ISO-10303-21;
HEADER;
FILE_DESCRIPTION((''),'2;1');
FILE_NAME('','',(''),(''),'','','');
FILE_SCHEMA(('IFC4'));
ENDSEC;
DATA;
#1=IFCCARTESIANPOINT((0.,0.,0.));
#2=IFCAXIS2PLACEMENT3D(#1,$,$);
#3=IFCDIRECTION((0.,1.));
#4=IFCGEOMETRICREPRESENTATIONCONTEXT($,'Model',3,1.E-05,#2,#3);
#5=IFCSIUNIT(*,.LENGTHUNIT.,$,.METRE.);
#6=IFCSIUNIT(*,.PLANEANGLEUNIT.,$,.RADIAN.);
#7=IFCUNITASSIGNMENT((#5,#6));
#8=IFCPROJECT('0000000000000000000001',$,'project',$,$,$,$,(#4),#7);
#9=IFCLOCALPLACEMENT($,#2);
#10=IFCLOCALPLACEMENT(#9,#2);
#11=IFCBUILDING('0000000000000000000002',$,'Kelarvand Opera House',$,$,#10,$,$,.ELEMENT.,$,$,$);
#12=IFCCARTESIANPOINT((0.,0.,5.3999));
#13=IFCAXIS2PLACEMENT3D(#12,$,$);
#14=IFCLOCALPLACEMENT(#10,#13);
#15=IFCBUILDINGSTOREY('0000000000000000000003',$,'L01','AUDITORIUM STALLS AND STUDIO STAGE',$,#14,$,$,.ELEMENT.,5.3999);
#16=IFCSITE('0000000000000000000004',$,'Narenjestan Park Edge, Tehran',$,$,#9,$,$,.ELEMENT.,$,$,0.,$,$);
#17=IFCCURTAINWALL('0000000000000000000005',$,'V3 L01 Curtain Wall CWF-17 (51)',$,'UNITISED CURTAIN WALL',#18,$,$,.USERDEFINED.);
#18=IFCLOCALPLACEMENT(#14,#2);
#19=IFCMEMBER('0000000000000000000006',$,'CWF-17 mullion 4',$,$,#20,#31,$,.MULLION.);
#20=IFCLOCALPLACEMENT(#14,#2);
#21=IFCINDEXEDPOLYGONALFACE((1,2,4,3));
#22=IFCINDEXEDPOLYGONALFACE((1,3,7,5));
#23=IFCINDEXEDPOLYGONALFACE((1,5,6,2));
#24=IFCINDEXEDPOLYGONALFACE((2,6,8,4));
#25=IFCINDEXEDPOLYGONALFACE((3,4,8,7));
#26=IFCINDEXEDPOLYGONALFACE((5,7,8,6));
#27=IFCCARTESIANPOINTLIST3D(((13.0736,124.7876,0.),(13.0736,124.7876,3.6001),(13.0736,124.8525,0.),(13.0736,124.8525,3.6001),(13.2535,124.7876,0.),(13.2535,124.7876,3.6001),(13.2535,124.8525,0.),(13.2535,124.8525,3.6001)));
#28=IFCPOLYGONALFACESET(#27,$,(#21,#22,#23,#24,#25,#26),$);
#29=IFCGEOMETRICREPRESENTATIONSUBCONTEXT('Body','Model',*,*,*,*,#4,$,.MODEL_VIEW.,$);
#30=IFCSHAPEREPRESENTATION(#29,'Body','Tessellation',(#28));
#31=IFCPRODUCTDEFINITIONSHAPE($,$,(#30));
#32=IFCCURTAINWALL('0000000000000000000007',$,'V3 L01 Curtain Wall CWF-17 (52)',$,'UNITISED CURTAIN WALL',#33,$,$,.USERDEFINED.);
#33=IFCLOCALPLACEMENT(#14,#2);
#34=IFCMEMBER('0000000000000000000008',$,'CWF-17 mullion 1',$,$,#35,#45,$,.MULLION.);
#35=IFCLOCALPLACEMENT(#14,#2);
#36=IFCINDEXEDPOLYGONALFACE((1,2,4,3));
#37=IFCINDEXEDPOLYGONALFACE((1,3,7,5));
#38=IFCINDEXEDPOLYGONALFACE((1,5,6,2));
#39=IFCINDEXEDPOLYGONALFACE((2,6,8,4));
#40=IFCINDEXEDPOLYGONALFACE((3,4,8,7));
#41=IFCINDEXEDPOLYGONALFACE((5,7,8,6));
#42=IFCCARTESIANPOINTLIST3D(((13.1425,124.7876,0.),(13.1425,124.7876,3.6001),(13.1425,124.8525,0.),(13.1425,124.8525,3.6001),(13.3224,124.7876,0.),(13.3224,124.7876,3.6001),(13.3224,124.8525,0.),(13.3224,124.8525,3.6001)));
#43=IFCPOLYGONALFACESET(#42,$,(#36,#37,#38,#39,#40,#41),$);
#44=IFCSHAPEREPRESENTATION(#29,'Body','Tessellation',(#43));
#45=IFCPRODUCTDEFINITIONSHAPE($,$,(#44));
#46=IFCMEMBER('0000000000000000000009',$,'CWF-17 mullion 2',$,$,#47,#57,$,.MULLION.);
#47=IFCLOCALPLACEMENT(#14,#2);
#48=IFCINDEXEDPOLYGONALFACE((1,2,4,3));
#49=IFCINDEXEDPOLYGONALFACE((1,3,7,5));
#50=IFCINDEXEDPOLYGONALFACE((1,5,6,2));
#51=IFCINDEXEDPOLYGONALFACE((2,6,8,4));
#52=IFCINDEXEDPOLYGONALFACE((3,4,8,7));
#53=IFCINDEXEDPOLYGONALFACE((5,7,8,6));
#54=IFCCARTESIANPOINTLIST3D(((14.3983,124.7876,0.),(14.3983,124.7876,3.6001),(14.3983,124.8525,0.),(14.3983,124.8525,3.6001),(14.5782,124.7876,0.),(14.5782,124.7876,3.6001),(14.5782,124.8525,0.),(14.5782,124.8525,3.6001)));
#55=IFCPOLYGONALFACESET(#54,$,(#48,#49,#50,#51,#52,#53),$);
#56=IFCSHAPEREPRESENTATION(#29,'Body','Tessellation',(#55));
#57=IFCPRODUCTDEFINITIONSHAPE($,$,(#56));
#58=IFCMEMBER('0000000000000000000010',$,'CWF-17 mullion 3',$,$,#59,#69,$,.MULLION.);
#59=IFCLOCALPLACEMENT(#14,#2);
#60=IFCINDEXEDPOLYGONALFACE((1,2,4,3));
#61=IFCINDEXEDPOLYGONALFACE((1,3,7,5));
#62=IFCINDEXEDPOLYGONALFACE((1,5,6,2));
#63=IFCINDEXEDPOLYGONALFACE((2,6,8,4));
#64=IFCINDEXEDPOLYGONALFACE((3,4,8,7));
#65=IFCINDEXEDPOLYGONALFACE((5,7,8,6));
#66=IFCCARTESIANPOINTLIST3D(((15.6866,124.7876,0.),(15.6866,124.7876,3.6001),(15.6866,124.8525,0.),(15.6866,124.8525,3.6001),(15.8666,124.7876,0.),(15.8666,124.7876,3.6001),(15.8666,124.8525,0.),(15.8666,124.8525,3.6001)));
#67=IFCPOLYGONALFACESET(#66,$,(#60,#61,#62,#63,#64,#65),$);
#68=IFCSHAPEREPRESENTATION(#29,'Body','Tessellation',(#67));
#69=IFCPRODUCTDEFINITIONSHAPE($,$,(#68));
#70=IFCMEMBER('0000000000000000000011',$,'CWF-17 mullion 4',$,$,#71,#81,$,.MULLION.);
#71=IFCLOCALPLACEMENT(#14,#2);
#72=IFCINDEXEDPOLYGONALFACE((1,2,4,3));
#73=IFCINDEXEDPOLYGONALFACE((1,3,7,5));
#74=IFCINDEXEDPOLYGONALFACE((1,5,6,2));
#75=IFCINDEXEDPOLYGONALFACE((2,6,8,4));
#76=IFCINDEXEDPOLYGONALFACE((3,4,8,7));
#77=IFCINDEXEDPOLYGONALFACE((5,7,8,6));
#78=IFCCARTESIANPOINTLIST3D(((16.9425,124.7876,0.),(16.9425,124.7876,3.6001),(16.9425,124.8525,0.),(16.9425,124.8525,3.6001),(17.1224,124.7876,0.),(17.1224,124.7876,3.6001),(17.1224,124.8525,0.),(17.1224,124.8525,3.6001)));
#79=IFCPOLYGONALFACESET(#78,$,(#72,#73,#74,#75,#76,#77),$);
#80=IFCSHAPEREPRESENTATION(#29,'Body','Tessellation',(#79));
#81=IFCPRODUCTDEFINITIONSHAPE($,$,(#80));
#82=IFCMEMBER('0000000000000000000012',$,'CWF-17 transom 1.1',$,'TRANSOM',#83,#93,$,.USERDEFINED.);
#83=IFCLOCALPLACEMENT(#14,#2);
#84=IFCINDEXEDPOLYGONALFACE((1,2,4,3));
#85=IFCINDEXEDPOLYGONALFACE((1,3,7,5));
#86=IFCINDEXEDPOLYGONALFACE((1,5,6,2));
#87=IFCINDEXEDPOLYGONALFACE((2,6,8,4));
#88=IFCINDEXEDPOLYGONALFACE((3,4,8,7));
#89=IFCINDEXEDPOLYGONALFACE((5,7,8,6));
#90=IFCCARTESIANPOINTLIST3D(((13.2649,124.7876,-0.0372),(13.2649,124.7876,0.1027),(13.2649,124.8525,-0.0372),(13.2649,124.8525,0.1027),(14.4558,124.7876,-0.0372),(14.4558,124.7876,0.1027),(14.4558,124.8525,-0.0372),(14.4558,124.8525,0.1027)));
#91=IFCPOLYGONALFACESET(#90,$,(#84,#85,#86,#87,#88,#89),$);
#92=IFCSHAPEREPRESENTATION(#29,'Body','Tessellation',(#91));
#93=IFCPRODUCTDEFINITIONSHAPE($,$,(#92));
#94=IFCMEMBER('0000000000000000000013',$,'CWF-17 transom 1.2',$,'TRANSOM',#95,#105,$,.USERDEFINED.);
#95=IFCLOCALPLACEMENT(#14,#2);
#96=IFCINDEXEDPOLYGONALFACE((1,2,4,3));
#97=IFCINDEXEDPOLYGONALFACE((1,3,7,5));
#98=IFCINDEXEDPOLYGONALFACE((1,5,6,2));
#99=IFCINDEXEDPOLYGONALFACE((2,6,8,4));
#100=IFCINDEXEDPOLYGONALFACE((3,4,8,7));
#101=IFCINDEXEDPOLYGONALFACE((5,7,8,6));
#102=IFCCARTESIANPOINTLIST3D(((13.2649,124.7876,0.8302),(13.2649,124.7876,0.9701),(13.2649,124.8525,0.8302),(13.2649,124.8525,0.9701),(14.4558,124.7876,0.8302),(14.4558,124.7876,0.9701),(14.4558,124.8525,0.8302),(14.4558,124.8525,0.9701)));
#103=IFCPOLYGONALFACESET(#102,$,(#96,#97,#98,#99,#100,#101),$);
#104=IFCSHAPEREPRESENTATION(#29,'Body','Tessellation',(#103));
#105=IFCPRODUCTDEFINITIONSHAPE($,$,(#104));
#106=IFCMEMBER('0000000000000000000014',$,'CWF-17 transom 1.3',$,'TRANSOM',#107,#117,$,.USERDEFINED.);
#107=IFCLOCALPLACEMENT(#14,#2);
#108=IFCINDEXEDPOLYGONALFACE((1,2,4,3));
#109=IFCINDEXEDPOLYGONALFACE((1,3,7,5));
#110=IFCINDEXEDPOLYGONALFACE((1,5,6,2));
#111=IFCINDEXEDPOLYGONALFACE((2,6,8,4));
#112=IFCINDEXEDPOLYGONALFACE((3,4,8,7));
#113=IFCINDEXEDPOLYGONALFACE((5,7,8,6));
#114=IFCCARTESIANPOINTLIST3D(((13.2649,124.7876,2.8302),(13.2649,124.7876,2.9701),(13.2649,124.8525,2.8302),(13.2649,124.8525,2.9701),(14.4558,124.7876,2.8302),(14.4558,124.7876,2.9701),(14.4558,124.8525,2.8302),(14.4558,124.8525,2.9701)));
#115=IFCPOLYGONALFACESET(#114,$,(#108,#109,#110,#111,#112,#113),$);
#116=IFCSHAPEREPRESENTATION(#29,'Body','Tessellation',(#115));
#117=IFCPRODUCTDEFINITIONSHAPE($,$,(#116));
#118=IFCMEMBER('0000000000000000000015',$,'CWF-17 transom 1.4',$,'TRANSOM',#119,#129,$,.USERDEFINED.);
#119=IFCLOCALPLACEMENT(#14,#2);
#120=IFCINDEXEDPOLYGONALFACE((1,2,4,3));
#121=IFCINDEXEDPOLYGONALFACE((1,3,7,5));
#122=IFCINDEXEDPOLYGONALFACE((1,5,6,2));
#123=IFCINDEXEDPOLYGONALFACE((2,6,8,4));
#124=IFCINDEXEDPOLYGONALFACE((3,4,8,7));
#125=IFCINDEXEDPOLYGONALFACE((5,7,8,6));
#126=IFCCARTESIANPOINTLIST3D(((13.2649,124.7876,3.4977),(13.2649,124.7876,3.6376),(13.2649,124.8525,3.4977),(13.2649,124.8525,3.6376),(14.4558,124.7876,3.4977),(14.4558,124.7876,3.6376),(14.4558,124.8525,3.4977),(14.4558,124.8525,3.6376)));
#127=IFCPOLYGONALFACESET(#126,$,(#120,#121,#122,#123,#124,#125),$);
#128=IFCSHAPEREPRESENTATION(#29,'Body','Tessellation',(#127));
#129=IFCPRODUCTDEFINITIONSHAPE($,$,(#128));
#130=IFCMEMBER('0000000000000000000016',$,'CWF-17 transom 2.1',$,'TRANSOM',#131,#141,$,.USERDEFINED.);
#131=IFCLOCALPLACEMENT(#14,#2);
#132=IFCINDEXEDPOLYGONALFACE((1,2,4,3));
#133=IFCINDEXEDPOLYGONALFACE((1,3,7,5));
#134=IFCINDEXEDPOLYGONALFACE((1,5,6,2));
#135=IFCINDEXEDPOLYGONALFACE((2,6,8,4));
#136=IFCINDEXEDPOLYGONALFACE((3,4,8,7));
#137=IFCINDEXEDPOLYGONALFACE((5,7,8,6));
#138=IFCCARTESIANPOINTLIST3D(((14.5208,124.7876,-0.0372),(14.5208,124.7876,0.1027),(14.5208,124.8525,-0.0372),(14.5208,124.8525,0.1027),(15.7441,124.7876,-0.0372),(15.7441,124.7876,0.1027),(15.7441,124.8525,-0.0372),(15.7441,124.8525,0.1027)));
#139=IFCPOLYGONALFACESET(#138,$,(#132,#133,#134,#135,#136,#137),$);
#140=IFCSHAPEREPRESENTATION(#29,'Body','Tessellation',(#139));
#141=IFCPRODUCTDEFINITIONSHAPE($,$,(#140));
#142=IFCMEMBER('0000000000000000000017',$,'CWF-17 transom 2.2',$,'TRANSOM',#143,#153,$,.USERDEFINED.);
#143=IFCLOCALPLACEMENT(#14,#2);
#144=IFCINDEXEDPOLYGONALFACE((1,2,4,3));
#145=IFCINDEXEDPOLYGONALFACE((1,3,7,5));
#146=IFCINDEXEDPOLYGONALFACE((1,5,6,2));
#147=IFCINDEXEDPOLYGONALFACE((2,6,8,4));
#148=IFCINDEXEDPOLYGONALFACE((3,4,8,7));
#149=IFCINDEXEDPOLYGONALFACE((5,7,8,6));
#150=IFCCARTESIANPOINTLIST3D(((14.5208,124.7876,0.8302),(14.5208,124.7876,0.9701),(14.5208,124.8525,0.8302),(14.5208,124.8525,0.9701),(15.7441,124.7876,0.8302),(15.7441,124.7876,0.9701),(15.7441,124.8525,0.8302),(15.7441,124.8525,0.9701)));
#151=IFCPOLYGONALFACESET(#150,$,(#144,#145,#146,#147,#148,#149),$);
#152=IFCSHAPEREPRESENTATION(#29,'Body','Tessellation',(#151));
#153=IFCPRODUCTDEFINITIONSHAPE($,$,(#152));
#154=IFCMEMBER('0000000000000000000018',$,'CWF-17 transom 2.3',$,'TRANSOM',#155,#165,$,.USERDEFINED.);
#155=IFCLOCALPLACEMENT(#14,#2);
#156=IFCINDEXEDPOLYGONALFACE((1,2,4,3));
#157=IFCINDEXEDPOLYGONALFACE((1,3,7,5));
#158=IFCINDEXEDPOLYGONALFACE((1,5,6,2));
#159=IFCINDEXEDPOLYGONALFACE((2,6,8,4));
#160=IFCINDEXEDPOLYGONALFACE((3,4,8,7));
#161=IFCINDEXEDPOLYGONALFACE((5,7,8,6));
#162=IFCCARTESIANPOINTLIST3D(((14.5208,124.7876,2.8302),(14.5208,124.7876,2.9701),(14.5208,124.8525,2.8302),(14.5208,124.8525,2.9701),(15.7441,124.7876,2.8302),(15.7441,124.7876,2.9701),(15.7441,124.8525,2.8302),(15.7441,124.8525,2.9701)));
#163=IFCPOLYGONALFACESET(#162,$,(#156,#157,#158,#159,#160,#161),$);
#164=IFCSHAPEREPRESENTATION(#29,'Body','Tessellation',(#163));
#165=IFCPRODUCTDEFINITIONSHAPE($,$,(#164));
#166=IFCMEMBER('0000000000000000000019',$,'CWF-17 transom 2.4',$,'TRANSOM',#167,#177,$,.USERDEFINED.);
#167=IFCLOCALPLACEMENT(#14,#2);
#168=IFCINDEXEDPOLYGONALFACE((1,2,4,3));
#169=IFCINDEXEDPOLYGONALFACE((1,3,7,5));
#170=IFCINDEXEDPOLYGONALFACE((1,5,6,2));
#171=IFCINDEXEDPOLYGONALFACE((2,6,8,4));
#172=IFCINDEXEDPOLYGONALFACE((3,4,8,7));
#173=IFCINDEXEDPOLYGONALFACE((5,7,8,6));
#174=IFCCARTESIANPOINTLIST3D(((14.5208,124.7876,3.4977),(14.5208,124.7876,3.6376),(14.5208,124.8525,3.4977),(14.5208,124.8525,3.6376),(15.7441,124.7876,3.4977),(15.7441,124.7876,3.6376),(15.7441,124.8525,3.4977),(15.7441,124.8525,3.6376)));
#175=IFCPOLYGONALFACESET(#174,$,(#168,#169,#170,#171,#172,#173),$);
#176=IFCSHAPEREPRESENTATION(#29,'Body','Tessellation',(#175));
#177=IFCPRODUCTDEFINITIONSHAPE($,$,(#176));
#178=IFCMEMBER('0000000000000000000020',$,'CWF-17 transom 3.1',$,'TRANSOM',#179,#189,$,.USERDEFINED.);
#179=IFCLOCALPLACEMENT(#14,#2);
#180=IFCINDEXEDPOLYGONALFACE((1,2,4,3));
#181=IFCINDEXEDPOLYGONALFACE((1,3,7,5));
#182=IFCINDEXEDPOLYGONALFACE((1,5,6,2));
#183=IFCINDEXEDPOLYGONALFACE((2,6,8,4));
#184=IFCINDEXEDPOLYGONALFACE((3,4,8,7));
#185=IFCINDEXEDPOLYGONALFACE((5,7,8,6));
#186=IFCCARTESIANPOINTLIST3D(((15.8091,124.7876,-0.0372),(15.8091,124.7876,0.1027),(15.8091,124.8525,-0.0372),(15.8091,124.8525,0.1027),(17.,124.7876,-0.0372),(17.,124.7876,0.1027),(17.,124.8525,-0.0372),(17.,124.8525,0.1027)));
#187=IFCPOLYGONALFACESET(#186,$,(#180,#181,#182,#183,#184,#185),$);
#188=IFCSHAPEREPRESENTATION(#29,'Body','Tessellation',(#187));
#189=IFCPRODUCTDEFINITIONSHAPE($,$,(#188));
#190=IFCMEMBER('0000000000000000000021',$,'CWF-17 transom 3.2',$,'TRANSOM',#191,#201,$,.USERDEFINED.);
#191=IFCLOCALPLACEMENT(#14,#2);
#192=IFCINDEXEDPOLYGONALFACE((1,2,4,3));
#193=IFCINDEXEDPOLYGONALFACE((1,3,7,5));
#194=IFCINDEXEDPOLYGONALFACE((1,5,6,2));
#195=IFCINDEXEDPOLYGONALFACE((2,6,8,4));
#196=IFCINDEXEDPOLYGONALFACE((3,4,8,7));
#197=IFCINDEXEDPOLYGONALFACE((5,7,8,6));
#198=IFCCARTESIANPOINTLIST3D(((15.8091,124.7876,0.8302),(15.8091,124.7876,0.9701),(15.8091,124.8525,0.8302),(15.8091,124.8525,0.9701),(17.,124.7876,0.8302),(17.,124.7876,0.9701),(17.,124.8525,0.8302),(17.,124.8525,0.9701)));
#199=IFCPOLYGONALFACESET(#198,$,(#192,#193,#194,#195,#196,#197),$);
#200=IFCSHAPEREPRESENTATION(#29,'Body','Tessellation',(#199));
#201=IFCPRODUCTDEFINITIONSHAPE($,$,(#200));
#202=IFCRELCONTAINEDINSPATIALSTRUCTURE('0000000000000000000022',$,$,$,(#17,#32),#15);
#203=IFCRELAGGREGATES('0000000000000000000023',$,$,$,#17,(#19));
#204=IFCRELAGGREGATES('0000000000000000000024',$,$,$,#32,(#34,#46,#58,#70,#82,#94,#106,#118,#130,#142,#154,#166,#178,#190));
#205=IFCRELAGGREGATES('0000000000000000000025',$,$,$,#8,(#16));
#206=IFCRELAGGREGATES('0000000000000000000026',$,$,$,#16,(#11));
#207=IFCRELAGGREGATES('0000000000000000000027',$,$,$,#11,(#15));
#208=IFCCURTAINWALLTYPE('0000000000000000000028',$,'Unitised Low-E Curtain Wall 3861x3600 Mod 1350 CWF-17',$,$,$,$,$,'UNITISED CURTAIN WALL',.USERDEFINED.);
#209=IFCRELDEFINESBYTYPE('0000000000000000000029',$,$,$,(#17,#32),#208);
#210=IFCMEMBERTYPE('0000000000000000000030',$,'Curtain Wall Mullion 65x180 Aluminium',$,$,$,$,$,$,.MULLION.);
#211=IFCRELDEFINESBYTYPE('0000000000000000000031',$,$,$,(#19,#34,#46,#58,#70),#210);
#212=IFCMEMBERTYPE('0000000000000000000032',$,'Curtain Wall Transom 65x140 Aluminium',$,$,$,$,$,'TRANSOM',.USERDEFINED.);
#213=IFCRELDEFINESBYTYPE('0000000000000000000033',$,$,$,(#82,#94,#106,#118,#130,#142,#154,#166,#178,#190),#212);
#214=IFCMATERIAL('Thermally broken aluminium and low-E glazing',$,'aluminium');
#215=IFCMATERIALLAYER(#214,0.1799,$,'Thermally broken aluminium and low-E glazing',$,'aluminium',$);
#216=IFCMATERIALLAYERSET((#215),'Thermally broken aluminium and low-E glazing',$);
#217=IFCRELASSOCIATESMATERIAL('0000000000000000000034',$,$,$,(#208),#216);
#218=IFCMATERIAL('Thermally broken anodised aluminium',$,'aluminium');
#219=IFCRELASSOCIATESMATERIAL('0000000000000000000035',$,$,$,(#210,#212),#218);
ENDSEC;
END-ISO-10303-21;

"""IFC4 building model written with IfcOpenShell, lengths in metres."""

from ifc_helpers import new_model, si_unit, direction, frame, origin, origin_2d, place, context, subcontext, project, spatial, rectangle, extrude, material, layer, layer_set, material_profile, profile_set, type_object, element, aggregate, save


model = new_model("IFC4")

# Units and contexts
model_context = context("Model", 3, precision=1e-05, world=origin(), true_north=direction((0.0, 1.0)))
body_context = subcontext(model_context, "Body", "Model", "MODEL_VIEW")
ifc_project = project(units=[si_unit("LENGTHUNIT", "METRE"), si_unit("PLANEANGLEUNIT", "RADIAN")], contexts=[model_context])

# Site, building, storey
site_placement = place(None, origin())
site = spatial("IfcSite", under=ifc_project, at=site_placement, Name="Narenjestan Park Edge, Tehran", CompositionType="ELEMENT", RefElevation=0.0)
building_placement = place(site_placement, origin())
building = spatial("IfcBuilding", under=site, at=building_placement, Name="Kelarvand Opera House", CompositionType="ELEMENT")
storey_placement = place(building_placement, frame((0.0, 0.0, 5.3999)))
storey = spatial("IfcBuildingStorey", under=building, at=storey_placement, Name="L01", Description="AUDITORIUM STALLS AND STUDIO STAGE", CompositionType="ELEMENT", Elevation=5.3999)

# Curtain wall, member
ifc_material_1 = material(Name="Thermally broken aluminium and low-E glazing", Category="aluminium")
ifc_layer_1 = layer(ifc_material_1, 0.1799, Name="Thermally broken aluminium and low-E glazing", Category="aluminium")
ifc_layer_set_1 = layer_set([ifc_layer_1], Name="Thermally broken aluminium and low-E glazing")
curtain_wall_type = type_object("IfcCurtainWallType", Name="Unitised Low-E Curtain Wall 3861x3600 Mod 1350 CWF-17", ElementType="UNITISED CURTAIN WALL", PredefinedType="USERDEFINED", material=ifc_layer_set_1)
curtain_wall_1_placement = place(storey_placement, origin())
curtain_wall_1 = element("IfcCurtainWall", 1, at=curtain_wall_1_placement, inside=storey, type_object=curtain_wall_type, Name="V3 L01 Curtain Wall CWF-17 (51)", ObjectType="UNITISED CURTAIN WALL", PredefinedType="USERDEFINED")
ifc_material_2 = material(Name="Thermally broken anodised aluminium", Category="aluminium")
ifc_material_profile_1 = material_profile(ifc_material_2, rectangle(XDim=0.0649, YDim=0.1799, at=origin_2d()), Name="ALU MULLION 65x180", Category="aluminium")
ifc_profile_set_1 = profile_set([ifc_material_profile_1], Name="Thermally broken anodised aluminium")
member_type_1 = type_object("IfcMemberType", Name="Curtain Wall Mullion 65x180 Aluminium", PredefinedType="MULLION", material=ifc_profile_set_1)
member_1_placement = place(storey_placement, frame((13.1636, 124.8201, 0.0), z_axis=(0.0, 0.0, 1.0), x_axis=(0.0, 1.0, 0.0)))
member_1 = element("IfcMember", 2, at=member_1_placement, type_object=member_type_1, Name="CWF-17 mullion 4", PredefinedType="MULLION", context=body_context, shape_type="SweptSolid", body=[
    extrude(rectangle(XDim=0.0649, YDim=0.1799, at=origin_2d()), origin(), (0.0, 0.0, 1.0), 3.6001),
])

# Curtain wall, members
curtain_wall_2_placement = place(storey_placement, origin())
curtain_wall_2 = element("IfcCurtainWall", 3, at=curtain_wall_2_placement, inside=storey, type_object=curtain_wall_type, Name="V3 L01 Curtain Wall CWF-17 (52)", ObjectType="UNITISED CURTAIN WALL", PredefinedType="USERDEFINED")
member_2_placement = place(storey_placement, frame((13.2324, 124.8201, 0.0), z_axis=(0.0, 0.0, 1.0), x_axis=(0.0, 1.0, 0.0)))
member_2 = element("IfcMember", 4, at=member_2_placement, type_object=member_type_1, Name="CWF-17 mullion 1", PredefinedType="MULLION", context=body_context, shape_type="SweptSolid", body=[
    extrude(rectangle(XDim=0.0649, YDim=0.1799, at=origin_2d()), origin(), (0.0, 0.0, 1.0), 3.6001),
])
member_3_placement = place(storey_placement, frame((14.4883, 124.8201, 0.0), z_axis=(0.0, 0.0, 1.0), x_axis=(0.0, 1.0, 0.0)))
member_3 = element("IfcMember", 5, at=member_3_placement, type_object=member_type_1, Name="CWF-17 mullion 2", PredefinedType="MULLION", context=body_context, shape_type="SweptSolid", body=[
    extrude(rectangle(XDim=0.0649, YDim=0.1799, at=origin_2d()), origin(), (0.0, 0.0, 1.0), 3.6001),
])
member_4_placement = place(storey_placement, frame((15.7766, 124.8201, 0.0), z_axis=(0.0, 0.0, 1.0), x_axis=(0.0, 1.0, 0.0)))
member_4 = element("IfcMember", 6, at=member_4_placement, type_object=member_type_1, Name="CWF-17 mullion 3", PredefinedType="MULLION", context=body_context, shape_type="SweptSolid", body=[
    extrude(rectangle(XDim=0.0649, YDim=0.1799, at=origin_2d()), origin(), (0.0, 0.0, 1.0), 3.6001),
])
member_5_placement = place(storey_placement, frame((17.0325, 124.8201, 0.0), z_axis=(0.0, 0.0, 1.0), x_axis=(0.0, 1.0, 0.0)))
member_5 = element("IfcMember", 7, at=member_5_placement, type_object=member_type_1, Name="CWF-17 mullion 4", PredefinedType="MULLION", context=body_context, shape_type="SweptSolid", body=[
    extrude(rectangle(XDim=0.0649, YDim=0.1799, at=origin_2d()), origin(), (0.0, 0.0, 1.0), 3.6001),
])
ifc_material_profile_2 = material_profile(ifc_material_2, rectangle(XDim=0.0649, YDim=0.1399, at=origin_2d()), Name="ALU TRANSOM 65x140", Category="aluminium")
ifc_profile_set_2 = profile_set([ifc_material_profile_2], Name="Thermally broken anodised aluminium")
member_type_2 = type_object("IfcMemberType", Name="Curtain Wall Transom 65x140 Aluminium", ElementType="TRANSOM", PredefinedType="USERDEFINED", material=ifc_profile_set_2)
member_6_placement = place(storey_placement, frame((13.2649, 124.8201, 0.0327), z_axis=(1.0, 0.0, 0.0), x_axis=(0.0, 1.0, 0.0)))
member_6 = element("IfcMember", 8, at=member_6_placement, type_object=member_type_2, Name="CWF-17 transom 1.1", ObjectType="TRANSOM", PredefinedType="USERDEFINED", context=body_context, shape_type="SweptSolid", body=[
    extrude(rectangle(XDim=0.0649, YDim=0.1399, at=origin_2d()), origin(), (0.0, 0.0, 1.0), 1.1909),
])
member_7_placement = place(storey_placement, frame((13.2649, 124.8201, 0.9001), z_axis=(1.0, 0.0, 0.0), x_axis=(0.0, 1.0, 0.0)))
member_7 = element("IfcMember", 9, at=member_7_placement, type_object=member_type_2, Name="CWF-17 transom 1.2", ObjectType="TRANSOM", PredefinedType="USERDEFINED", context=body_context, shape_type="SweptSolid", body=[
    extrude(rectangle(XDim=0.0649, YDim=0.1399, at=origin_2d()), origin(), (0.0, 0.0, 1.0), 1.1909),
])
member_8_placement = place(storey_placement, frame((13.2649, 124.8201, 2.9001), z_axis=(1.0, 0.0, 0.0), x_axis=(0.0, 1.0, 0.0)))
member_8 = element("IfcMember", 10, at=member_8_placement, type_object=member_type_2, Name="CWF-17 transom 1.3", ObjectType="TRANSOM", PredefinedType="USERDEFINED", context=body_context, shape_type="SweptSolid", body=[
    extrude(rectangle(XDim=0.0649, YDim=0.1399, at=origin_2d()), origin(), (0.0, 0.0, 1.0), 1.1909),
])
member_9_placement = place(storey_placement, frame((13.2649, 124.8201, 3.5676), z_axis=(1.0, 0.0, 0.0), x_axis=(0.0, 1.0, 0.0)))
member_9 = element("IfcMember", 11, at=member_9_placement, type_object=member_type_2, Name="CWF-17 transom 1.4", ObjectType="TRANSOM", PredefinedType="USERDEFINED", context=body_context, shape_type="SweptSolid", body=[
    extrude(rectangle(XDim=0.0649, YDim=0.1399, at=origin_2d()), origin(), (0.0, 0.0, 1.0), 1.1909),
])
member_10_placement = place(storey_placement, frame((14.5208, 124.8201, 0.0327), z_axis=(1.0, 0.0, 0.0), x_axis=(0.0, 1.0, 0.0)))
member_10 = element("IfcMember", 12, at=member_10_placement, type_object=member_type_2, Name="CWF-17 transom 2.1", ObjectType="TRANSOM", PredefinedType="USERDEFINED", context=body_context, shape_type="SweptSolid", body=[
    extrude(rectangle(XDim=0.0649, YDim=0.1399, at=origin_2d()), origin(), (0.0, 0.0, 1.0), 1.2234),
])
member_11_placement = place(storey_placement, frame((14.5208, 124.8201, 0.9001), z_axis=(1.0, 0.0, 0.0), x_axis=(0.0, 1.0, 0.0)))
member_11 = element("IfcMember", 13, at=member_11_placement, type_object=member_type_2, Name="CWF-17 transom 2.2", ObjectType="TRANSOM", PredefinedType="USERDEFINED", context=body_context, shape_type="SweptSolid", body=[
    extrude(rectangle(XDim=0.0649, YDim=0.1399, at=origin_2d()), origin(), (0.0, 0.0, 1.0), 1.2234),
])
member_12_placement = place(storey_placement, frame((14.5208, 124.8201, 2.9001), z_axis=(1.0, 0.0, 0.0), x_axis=(0.0, 1.0, 0.0)))
member_12 = element("IfcMember", 14, at=member_12_placement, type_object=member_type_2, Name="CWF-17 transom 2.3", ObjectType="TRANSOM", PredefinedType="USERDEFINED", context=body_context, shape_type="SweptSolid", body=[
    extrude(rectangle(XDim=0.0649, YDim=0.1399, at=origin_2d()), origin(), (0.0, 0.0, 1.0), 1.2234),
])
member_13_placement = place(storey_placement, frame((14.5208, 124.8201, 3.5676), z_axis=(1.0, 0.0, 0.0), x_axis=(0.0, 1.0, 0.0)))
member_13 = element("IfcMember", 15, at=member_13_placement, type_object=member_type_2, Name="CWF-17 transom 2.4", ObjectType="TRANSOM", PredefinedType="USERDEFINED", context=body_context, shape_type="SweptSolid", body=[
    extrude(rectangle(XDim=0.0649, YDim=0.1399, at=origin_2d()), origin(), (0.0, 0.0, 1.0), 1.2234),
])
member_14_placement = place(storey_placement, frame((15.8091, 124.8201, 0.0327), z_axis=(1.0, 0.0, 0.0), x_axis=(0.0, 1.0, 0.0)))
member_14 = element("IfcMember", 16, at=member_14_placement, type_object=member_type_2, Name="CWF-17 transom 3.1", ObjectType="TRANSOM", PredefinedType="USERDEFINED", context=body_context, shape_type="SweptSolid", body=[
    extrude(rectangle(XDim=0.0649, YDim=0.1399, at=origin_2d()), origin(), (0.0, 0.0, 1.0), 1.1909),
])
member_15_placement = place(storey_placement, frame((15.8091, 124.8201, 0.9001), z_axis=(1.0, 0.0, 0.0), x_axis=(0.0, 1.0, 0.0)))
member_15 = element("IfcMember", 17, at=member_15_placement, type_object=member_type_2, Name="CWF-17 transom 3.2", ObjectType="TRANSOM", PredefinedType="USERDEFINED", context=body_context, shape_type="SweptSolid", body=[
    extrude(rectangle(XDim=0.0649, YDim=0.1399, at=origin_2d()), origin(), (0.0, 0.0, 1.0), 1.1909),
])

aggregate(curtain_wall_1, [member_1])
aggregate(curtain_wall_2, [member_2, member_3, member_4, member_5, member_6, member_7, member_8, member_9, member_10, member_11, member_12, member_13, member_14, member_15])

save(model, "model.ifc")
